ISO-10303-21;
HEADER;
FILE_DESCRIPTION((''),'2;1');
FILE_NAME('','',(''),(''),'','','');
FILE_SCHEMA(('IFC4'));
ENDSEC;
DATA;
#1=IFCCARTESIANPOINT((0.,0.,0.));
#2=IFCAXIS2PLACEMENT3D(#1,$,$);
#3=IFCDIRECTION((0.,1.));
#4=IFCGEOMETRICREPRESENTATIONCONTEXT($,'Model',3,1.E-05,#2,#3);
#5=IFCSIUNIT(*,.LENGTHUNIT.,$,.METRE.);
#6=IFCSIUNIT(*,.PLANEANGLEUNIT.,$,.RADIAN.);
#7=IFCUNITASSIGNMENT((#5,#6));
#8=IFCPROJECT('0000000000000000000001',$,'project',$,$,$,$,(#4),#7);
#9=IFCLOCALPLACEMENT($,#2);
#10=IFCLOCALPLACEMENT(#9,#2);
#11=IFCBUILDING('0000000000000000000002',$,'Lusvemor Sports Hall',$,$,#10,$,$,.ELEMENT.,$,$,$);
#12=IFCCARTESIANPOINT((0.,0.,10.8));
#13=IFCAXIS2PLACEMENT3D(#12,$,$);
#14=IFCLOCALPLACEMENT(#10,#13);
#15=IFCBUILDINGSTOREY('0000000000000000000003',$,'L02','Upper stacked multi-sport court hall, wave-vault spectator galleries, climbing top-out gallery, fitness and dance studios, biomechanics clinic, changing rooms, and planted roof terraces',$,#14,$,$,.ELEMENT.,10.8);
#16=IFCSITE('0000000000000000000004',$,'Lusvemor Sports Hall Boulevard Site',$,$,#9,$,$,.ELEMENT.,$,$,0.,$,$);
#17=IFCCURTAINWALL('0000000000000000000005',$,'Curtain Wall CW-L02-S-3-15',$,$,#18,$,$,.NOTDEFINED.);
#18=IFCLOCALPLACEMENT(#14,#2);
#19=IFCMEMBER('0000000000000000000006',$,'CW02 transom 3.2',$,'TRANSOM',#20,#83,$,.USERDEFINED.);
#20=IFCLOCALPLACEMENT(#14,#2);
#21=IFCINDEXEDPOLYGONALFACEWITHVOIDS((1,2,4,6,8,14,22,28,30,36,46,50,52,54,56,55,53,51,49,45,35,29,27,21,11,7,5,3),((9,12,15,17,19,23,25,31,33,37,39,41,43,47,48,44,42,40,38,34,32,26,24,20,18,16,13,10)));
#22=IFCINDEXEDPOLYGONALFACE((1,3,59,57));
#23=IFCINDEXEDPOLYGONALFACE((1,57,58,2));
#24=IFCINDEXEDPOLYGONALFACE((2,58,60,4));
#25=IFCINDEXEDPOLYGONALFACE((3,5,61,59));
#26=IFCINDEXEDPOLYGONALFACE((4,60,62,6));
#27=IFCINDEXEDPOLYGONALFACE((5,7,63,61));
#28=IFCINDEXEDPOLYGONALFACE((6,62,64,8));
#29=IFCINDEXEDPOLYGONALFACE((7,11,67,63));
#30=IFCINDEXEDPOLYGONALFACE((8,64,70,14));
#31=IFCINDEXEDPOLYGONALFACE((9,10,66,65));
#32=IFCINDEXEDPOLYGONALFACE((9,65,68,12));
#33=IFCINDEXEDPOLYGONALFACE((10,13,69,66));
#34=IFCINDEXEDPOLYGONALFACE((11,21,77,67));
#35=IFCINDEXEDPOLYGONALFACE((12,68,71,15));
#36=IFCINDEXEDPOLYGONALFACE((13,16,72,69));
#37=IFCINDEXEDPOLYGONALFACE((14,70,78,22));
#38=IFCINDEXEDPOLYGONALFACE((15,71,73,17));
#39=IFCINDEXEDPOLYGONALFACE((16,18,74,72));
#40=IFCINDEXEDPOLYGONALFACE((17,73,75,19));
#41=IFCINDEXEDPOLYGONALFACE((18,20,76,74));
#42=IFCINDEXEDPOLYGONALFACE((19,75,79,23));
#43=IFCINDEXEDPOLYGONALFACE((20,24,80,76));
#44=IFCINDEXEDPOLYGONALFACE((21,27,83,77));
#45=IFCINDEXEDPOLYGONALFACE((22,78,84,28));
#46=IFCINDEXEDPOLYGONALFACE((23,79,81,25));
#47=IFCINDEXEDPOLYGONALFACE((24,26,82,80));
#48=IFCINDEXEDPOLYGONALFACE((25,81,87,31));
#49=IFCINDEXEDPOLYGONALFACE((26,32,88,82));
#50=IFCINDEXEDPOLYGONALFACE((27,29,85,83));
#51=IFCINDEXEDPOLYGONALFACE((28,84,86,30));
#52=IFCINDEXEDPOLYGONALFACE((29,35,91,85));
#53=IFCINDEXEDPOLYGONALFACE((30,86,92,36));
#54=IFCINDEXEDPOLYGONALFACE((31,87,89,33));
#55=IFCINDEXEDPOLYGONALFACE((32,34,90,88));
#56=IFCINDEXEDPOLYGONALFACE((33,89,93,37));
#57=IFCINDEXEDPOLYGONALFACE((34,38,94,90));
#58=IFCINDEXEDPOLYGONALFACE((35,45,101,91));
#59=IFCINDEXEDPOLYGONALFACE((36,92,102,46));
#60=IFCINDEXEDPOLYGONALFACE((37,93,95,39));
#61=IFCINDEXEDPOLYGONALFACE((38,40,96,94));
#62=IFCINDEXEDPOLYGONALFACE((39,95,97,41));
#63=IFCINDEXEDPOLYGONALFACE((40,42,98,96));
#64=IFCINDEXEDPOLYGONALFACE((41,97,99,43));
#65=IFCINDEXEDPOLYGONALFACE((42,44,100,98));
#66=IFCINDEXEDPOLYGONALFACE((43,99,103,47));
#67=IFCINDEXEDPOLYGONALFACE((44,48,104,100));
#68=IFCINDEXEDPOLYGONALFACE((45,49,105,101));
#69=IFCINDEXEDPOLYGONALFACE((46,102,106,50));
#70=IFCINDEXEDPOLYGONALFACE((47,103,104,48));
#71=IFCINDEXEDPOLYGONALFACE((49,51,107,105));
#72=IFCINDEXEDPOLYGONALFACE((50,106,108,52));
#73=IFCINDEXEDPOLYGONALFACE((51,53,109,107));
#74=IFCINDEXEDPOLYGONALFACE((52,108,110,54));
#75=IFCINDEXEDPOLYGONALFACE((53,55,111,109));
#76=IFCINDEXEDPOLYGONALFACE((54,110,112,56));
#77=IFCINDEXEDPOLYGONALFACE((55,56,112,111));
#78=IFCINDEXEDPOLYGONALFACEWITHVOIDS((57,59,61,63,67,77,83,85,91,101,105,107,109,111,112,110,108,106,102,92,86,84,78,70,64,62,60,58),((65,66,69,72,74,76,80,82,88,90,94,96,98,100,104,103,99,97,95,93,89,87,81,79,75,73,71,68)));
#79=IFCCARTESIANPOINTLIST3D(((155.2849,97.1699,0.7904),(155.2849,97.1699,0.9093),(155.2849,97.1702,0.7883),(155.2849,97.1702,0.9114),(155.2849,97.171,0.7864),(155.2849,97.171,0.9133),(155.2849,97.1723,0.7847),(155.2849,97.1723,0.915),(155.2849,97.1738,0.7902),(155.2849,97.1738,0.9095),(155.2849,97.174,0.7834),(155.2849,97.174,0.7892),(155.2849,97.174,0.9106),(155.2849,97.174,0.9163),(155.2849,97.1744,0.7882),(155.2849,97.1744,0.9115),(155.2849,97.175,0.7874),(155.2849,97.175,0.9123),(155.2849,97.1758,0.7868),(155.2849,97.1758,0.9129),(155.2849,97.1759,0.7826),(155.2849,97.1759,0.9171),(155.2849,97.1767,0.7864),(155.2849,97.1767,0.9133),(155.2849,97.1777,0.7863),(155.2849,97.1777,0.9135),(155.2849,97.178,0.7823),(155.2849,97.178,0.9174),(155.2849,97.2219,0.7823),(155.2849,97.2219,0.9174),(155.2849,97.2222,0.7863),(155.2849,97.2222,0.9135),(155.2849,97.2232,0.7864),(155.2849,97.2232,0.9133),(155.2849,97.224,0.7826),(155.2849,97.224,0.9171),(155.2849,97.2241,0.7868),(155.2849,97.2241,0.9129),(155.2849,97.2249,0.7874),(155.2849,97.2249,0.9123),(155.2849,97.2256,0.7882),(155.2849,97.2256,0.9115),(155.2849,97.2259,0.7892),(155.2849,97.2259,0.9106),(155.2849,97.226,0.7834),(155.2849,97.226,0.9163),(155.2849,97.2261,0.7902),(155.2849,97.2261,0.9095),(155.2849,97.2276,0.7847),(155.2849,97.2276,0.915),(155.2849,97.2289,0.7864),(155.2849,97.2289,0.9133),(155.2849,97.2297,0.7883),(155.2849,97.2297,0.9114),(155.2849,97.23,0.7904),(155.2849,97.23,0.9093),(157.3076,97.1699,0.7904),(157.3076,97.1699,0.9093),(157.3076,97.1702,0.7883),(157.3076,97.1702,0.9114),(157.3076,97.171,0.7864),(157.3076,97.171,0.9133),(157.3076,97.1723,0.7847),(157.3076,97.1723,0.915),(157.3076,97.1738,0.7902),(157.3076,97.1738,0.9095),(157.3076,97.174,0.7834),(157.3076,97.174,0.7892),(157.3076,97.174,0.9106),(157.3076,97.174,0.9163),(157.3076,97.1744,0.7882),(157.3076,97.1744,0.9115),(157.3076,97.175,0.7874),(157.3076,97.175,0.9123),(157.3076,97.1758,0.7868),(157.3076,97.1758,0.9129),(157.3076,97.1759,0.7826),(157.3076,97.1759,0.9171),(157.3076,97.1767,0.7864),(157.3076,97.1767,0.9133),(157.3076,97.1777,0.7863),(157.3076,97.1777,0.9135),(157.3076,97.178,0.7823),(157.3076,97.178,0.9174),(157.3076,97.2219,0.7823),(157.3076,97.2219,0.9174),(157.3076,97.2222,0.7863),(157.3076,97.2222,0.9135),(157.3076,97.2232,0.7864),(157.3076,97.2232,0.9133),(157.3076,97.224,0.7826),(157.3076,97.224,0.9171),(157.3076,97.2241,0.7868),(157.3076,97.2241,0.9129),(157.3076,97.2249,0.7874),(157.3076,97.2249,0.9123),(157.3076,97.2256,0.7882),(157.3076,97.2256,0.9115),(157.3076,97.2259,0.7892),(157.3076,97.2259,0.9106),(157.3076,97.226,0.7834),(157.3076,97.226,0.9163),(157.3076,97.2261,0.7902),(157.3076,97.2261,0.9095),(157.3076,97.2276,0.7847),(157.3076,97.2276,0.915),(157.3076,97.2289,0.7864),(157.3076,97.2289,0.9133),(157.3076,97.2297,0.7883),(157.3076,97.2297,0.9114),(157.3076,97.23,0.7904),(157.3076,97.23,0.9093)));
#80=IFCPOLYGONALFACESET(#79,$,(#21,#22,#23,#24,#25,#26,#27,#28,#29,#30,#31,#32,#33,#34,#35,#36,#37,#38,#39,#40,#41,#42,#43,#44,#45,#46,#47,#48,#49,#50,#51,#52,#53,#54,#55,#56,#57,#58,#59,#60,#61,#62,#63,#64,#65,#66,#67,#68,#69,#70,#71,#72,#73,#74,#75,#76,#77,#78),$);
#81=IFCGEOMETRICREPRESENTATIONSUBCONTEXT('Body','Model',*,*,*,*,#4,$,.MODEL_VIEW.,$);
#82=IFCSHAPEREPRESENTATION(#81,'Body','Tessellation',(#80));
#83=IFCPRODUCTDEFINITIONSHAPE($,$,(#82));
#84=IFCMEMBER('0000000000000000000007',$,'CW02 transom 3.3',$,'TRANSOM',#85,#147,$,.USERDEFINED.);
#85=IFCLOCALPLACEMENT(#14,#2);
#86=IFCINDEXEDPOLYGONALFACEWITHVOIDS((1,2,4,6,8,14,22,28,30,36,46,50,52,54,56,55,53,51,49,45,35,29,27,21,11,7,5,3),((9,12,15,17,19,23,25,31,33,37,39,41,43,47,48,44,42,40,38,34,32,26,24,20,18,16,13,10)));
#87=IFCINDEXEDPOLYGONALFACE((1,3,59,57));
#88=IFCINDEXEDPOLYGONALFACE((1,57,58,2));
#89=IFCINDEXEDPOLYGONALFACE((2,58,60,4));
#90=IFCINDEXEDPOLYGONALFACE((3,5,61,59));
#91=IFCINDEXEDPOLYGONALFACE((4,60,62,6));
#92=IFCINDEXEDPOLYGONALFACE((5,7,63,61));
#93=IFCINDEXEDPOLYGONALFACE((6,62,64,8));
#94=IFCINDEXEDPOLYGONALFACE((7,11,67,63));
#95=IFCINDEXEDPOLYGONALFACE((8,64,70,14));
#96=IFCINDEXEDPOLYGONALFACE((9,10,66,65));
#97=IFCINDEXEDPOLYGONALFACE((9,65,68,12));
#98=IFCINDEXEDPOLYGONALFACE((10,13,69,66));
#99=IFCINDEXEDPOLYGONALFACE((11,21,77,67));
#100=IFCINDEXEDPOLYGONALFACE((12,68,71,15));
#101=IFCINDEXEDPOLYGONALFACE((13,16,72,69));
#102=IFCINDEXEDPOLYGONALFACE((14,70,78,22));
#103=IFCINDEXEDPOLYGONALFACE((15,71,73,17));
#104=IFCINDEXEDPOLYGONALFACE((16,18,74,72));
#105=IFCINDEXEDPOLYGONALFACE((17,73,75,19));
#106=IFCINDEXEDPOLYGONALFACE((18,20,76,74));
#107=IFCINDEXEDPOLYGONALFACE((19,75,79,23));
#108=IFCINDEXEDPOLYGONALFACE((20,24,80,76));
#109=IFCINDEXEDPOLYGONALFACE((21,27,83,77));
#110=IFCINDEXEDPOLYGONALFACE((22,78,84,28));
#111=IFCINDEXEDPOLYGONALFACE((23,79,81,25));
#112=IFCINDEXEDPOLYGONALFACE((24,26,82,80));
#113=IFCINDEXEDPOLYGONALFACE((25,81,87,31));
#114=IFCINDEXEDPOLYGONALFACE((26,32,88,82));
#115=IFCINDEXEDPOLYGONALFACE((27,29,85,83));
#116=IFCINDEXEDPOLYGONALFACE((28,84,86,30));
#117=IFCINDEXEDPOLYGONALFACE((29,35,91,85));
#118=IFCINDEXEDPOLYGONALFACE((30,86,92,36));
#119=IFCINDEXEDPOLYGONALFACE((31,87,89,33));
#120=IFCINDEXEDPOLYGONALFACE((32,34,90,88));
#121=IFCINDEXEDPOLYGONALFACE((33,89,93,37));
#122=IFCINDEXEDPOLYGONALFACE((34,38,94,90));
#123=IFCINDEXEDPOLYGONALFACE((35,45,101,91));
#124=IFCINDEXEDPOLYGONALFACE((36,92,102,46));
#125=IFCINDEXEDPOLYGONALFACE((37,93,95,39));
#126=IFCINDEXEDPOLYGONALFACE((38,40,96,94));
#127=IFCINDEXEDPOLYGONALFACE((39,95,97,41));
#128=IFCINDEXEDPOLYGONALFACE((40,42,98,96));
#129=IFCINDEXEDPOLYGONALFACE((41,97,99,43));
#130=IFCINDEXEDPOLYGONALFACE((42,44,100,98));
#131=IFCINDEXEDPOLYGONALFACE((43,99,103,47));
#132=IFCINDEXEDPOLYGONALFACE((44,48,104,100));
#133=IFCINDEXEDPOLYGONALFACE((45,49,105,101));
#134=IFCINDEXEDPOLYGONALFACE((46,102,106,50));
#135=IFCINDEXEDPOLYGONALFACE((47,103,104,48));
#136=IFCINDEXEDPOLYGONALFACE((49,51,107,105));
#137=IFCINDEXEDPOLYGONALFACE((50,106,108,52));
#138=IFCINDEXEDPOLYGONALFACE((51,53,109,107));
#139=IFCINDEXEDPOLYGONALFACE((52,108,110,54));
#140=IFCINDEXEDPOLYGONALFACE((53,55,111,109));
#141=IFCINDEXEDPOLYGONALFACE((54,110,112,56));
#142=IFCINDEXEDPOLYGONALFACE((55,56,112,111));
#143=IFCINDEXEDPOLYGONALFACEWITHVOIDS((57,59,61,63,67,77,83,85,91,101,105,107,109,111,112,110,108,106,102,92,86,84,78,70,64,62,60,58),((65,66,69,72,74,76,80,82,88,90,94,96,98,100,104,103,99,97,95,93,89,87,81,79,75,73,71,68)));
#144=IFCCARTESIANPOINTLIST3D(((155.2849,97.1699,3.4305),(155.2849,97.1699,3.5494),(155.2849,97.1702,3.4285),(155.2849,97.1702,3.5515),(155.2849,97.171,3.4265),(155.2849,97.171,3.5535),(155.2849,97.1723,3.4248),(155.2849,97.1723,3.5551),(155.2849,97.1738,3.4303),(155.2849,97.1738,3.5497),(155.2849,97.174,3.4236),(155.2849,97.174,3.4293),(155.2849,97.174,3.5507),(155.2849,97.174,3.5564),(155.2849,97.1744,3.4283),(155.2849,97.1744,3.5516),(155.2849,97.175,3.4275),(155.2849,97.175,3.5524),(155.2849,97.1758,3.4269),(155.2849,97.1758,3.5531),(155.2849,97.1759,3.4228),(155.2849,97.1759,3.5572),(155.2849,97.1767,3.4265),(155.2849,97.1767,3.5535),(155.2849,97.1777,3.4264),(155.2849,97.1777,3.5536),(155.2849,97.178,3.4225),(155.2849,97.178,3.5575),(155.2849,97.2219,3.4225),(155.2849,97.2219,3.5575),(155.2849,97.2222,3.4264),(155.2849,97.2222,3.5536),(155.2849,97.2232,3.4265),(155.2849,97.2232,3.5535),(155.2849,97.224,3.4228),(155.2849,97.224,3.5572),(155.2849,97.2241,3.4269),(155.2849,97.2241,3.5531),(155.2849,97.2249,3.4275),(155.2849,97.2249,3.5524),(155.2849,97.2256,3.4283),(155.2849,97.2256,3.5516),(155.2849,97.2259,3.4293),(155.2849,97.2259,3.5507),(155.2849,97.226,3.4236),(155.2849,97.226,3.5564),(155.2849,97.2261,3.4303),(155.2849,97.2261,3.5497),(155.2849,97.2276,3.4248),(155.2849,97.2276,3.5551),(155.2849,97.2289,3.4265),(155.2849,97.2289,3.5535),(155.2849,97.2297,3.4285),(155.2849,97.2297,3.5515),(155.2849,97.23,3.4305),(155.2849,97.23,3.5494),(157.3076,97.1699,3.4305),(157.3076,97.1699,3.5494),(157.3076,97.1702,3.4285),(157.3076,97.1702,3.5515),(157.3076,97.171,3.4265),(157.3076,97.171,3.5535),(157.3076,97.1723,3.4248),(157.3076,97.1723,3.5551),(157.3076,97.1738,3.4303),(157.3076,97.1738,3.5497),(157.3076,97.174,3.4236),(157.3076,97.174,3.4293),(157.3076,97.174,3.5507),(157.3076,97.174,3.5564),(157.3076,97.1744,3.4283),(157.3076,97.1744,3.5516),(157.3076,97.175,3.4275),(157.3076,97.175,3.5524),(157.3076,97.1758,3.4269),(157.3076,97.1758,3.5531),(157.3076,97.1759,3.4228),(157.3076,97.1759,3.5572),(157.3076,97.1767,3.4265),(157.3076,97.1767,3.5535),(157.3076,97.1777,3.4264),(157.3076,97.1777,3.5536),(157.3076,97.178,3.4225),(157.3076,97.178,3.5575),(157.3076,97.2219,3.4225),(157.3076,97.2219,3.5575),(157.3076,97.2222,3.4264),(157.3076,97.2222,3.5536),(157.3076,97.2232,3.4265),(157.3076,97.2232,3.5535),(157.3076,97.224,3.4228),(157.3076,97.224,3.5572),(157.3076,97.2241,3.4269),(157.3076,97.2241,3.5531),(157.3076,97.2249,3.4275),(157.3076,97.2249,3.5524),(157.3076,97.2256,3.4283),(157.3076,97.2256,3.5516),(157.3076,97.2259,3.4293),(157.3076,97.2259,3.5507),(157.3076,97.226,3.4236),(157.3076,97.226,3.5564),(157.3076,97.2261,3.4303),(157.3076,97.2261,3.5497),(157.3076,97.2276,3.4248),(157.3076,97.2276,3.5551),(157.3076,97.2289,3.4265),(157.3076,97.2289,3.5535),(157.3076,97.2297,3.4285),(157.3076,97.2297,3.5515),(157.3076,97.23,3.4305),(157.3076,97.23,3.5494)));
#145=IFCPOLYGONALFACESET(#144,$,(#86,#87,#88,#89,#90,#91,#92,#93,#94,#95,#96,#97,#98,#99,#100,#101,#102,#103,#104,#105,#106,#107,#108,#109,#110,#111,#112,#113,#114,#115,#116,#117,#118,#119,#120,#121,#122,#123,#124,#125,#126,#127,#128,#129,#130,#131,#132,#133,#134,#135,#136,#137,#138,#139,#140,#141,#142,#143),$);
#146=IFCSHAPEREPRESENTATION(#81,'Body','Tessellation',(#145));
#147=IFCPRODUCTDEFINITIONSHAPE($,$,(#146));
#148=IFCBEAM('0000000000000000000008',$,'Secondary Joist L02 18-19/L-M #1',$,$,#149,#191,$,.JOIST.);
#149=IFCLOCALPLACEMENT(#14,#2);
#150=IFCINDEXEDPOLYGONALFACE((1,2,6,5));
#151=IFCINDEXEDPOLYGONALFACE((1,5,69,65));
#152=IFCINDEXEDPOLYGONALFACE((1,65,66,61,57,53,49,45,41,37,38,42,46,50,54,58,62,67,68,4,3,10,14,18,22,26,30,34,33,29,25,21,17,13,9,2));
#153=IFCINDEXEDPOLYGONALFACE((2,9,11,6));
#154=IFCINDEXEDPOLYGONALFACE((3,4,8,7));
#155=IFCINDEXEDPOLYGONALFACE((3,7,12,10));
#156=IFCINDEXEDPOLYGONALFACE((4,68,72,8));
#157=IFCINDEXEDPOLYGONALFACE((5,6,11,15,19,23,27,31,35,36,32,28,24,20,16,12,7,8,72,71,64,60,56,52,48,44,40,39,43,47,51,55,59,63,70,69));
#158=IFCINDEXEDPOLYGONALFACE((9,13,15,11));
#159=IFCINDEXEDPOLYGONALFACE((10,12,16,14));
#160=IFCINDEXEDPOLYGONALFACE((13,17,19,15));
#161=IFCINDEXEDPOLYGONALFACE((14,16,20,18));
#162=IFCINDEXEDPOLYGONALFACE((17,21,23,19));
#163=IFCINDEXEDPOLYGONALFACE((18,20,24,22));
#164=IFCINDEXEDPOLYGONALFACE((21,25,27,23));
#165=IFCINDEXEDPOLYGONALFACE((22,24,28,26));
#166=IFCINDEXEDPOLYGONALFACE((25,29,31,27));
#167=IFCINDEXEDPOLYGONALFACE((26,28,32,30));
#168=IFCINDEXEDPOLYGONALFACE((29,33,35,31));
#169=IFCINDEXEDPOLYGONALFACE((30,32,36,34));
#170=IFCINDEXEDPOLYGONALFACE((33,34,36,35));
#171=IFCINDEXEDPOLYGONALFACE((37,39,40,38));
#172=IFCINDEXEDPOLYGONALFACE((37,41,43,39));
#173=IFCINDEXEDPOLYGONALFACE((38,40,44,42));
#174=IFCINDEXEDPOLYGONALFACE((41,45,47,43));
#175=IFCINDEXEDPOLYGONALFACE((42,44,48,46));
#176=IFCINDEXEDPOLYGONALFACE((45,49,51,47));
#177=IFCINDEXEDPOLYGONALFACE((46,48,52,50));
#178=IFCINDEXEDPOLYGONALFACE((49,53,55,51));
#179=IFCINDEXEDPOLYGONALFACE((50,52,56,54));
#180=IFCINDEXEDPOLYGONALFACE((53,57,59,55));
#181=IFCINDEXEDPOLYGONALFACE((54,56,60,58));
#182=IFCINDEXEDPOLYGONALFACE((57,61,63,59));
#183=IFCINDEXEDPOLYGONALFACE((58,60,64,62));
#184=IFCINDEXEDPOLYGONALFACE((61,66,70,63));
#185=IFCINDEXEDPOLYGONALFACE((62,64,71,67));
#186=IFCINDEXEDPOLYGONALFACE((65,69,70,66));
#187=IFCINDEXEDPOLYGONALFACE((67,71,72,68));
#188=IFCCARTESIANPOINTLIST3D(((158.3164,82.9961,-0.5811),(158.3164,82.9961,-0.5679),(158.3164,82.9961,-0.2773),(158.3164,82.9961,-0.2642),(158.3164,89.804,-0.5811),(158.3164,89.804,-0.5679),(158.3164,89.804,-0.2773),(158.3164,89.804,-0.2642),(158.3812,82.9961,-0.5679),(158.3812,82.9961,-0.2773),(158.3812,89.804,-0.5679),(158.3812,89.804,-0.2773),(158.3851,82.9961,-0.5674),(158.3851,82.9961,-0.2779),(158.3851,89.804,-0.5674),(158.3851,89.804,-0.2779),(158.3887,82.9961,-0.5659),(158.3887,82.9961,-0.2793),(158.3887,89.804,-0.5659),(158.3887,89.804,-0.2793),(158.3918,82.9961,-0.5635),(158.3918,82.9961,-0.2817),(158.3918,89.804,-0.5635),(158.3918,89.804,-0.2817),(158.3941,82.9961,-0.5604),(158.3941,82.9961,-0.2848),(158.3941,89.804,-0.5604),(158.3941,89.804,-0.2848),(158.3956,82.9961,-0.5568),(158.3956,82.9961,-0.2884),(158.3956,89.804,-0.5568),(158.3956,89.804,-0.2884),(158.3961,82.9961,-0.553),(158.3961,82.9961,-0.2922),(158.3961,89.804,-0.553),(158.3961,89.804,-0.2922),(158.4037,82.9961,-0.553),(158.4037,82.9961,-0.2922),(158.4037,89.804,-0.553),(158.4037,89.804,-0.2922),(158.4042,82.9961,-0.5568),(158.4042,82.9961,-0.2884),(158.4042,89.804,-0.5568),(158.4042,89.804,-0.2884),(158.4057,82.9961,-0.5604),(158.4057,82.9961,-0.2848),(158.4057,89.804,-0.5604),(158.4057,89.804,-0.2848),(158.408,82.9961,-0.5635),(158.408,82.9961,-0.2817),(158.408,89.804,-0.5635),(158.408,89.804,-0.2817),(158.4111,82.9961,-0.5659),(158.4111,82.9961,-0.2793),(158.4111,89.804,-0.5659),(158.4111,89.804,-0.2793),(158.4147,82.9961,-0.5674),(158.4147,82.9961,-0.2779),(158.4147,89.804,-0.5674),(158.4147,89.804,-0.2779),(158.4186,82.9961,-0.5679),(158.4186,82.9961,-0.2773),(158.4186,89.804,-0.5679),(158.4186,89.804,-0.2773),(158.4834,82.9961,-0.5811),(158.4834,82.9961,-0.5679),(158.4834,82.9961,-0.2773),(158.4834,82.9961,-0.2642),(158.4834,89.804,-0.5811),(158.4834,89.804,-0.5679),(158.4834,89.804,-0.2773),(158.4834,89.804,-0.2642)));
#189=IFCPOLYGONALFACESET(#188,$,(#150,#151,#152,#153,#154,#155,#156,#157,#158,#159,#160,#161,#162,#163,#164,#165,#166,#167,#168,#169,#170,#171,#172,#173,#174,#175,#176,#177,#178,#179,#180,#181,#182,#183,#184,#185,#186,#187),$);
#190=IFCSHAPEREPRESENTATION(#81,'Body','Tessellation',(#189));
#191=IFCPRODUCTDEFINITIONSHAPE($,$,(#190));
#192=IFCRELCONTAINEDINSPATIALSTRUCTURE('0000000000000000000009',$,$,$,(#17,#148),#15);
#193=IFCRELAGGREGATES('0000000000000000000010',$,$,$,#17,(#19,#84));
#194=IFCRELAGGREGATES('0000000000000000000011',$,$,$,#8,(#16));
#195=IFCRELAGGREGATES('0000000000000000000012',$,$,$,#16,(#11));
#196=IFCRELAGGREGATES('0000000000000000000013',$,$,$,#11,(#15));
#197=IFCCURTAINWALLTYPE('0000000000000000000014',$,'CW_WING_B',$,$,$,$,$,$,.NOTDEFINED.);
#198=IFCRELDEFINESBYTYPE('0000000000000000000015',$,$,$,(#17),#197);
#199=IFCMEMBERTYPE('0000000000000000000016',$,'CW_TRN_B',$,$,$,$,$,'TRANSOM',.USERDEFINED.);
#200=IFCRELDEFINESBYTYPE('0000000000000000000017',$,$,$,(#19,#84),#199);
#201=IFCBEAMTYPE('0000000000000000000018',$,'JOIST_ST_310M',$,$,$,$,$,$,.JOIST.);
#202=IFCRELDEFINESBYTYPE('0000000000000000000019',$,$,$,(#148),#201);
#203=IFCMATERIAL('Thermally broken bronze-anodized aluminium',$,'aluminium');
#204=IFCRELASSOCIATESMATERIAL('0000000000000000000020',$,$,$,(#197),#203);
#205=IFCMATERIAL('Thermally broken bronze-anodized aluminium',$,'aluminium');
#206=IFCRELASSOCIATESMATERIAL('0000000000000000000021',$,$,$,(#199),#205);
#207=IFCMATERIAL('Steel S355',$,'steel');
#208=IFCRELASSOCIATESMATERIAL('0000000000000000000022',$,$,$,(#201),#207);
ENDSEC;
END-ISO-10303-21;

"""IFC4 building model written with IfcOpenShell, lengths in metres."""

from ifc_helpers import new_model, si_unit, direction, frame, origin, origin_2d, place, context, subcontext, project, spatial, hollow_rectangle, i_section, extrude, material, material_profile, profile_set, type_object, element, aggregate, save


model = new_model("IFC4")

# Units and contexts
model_context = context("Model", 3, precision=1e-05, world=origin(), true_north=direction((0.0, 1.0)))
body_context = subcontext(model_context, "Body", "Model", "MODEL_VIEW")
ifc_project = project(units=[si_unit("LENGTHUNIT", "METRE"), si_unit("PLANEANGLEUNIT", "RADIAN")], contexts=[model_context])

# Site, building, storey
site_placement = place(None, origin())
site = spatial("IfcSite", under=ifc_project, at=site_placement, Name="Lusvemor Sports Hall Boulevard Site", CompositionType="ELEMENT", RefElevation=0.0)
building_placement = place(site_placement, origin())
building = spatial("IfcBuilding", under=site, at=building_placement, Name="Lusvemor Sports Hall", CompositionType="ELEMENT")
storey_placement = place(building_placement, frame((0.0, 0.0, 10.8)))
storey = spatial("IfcBuildingStorey", under=building, at=storey_placement, Name="L02", Description="Upper stacked multi-sport court hall, wave-vault spectator galleries, climbing top-out gallery, fitness and dance studios, biomechanics clinic, changing rooms, and planted roof terraces", CompositionType="ELEMENT", Elevation=10.8)

# Curtain wall, members
ifc_material_1 = material(Name="Thermally broken bronze-anodized aluminium", Category="aluminium")
curtain_wall_type = type_object("IfcCurtainWallType", Name="CW_WING_B", PredefinedType="NOTDEFINED", material=ifc_material_1)
curtain_wall_placement = place(storey_placement, origin())
curtain_wall = element("IfcCurtainWall", 1, at=curtain_wall_placement, inside=storey, type_object=curtain_wall_type, Name="Curtain Wall CW-L02-S-3-15", PredefinedType="NOTDEFINED")
ifc_material_2 = material(Name="Thermally broken bronze-anodized aluminium", Category="aluminium")
ifc_material_profile_1 = material_profile(ifc_material_2, hollow_rectangle(XDim=0.0601, YDim=0.135, WallThickness=0.0039, InnerFilletRadius=0.0039, OuterFilletRadius=0.0081, at=origin_2d()), Name="CWTRN135x60x4")
ifc_profile_set_1 = profile_set([ifc_material_profile_1], Name="Thermally broken bronze-anodized aluminium")
member_type_1 = type_object("IfcMemberType", Name="CW_TRN_B", ElementType="TRANSOM", PredefinedType="USERDEFINED", material=ifc_profile_set_1)
member_1_placement = place(storey_placement, frame((157.3076, 97.2, 0.8499), z_axis=(-1.0, 0.0, 0.0), x_axis=(0.0, -1.0, 0.0)))
member_1 = element("IfcMember", 2, at=member_1_placement, type_object=member_type_1, Name="CW02 transom 3.2", ObjectType="TRANSOM", PredefinedType="USERDEFINED", context=body_context, shape_type="SweptSolid", body=[
    extrude(hollow_rectangle(XDim=0.0601, YDim=0.135, WallThickness=0.0039, InnerFilletRadius=0.0039, OuterFilletRadius=0.0081, at=origin_2d()), origin(), (0.0, 0.0, 1.0), 2.0227),
])
member_2_placement = place(storey_placement, frame((157.3076, 97.2, 3.49), z_axis=(-1.0, 0.0, 0.0), x_axis=(0.0, -1.0, 0.0)))
member_2 = element("IfcMember", 3, at=member_2_placement, type_object=member_type_1, Name="CW02 transom 3.3", ObjectType="TRANSOM", PredefinedType="USERDEFINED", context=body_context, shape_type="SweptSolid", body=[
    extrude(hollow_rectangle(XDim=0.0601, YDim=0.135, WallThickness=0.0039, InnerFilletRadius=0.0039, OuterFilletRadius=0.0081, at=origin_2d()), origin(), (0.0, 0.0, 1.0), 2.0227),
])

# Beam
ifc_material_3 = material(Name="Steel S355", Category="steel")
ifc_material_profile_2 = material_profile(ifc_material_3, i_section(OverallWidth=0.167, OverallDepth=0.3169, WebThickness=0.0076, FlangeThickness=0.0132, FilletRadius=0.0149, at=origin_2d()), Name="W310x52.0")
ifc_profile_set_2 = profile_set([ifc_material_profile_2], Name="Steel S355")
beam_type_1 = type_object("IfcBeamType", Name="JOIST_ST_310M", PredefinedType="JOIST", material=ifc_profile_set_2)
for number, where, z_axis, x_axis, name in (
    (4, (158.3999, 82.9961, -0.4226), (0.0, 1.0, 0.0), (-1.0, 0.0, 0.0), "Secondary Joist L02 18-19/L-M #1"),
):
    element("IfcBeam", number, at=place(storey_placement, frame(where, z_axis=z_axis, x_axis=x_axis)), inside=storey, type_object=beam_type_1, Name=name, PredefinedType="JOIST", context=body_context, shape_type="SweptSolid", body=[
        extrude(i_section(OverallWidth=0.167, OverallDepth=0.3169, WebThickness=0.0076, FlangeThickness=0.0132, FilletRadius=0.0149, at=origin_2d()), origin(), (0.0, 0.0, 1.0), 6.8079),
    ])

aggregate(curtain_wall, [member_1, member_2])

save(model, "model.ifc")
